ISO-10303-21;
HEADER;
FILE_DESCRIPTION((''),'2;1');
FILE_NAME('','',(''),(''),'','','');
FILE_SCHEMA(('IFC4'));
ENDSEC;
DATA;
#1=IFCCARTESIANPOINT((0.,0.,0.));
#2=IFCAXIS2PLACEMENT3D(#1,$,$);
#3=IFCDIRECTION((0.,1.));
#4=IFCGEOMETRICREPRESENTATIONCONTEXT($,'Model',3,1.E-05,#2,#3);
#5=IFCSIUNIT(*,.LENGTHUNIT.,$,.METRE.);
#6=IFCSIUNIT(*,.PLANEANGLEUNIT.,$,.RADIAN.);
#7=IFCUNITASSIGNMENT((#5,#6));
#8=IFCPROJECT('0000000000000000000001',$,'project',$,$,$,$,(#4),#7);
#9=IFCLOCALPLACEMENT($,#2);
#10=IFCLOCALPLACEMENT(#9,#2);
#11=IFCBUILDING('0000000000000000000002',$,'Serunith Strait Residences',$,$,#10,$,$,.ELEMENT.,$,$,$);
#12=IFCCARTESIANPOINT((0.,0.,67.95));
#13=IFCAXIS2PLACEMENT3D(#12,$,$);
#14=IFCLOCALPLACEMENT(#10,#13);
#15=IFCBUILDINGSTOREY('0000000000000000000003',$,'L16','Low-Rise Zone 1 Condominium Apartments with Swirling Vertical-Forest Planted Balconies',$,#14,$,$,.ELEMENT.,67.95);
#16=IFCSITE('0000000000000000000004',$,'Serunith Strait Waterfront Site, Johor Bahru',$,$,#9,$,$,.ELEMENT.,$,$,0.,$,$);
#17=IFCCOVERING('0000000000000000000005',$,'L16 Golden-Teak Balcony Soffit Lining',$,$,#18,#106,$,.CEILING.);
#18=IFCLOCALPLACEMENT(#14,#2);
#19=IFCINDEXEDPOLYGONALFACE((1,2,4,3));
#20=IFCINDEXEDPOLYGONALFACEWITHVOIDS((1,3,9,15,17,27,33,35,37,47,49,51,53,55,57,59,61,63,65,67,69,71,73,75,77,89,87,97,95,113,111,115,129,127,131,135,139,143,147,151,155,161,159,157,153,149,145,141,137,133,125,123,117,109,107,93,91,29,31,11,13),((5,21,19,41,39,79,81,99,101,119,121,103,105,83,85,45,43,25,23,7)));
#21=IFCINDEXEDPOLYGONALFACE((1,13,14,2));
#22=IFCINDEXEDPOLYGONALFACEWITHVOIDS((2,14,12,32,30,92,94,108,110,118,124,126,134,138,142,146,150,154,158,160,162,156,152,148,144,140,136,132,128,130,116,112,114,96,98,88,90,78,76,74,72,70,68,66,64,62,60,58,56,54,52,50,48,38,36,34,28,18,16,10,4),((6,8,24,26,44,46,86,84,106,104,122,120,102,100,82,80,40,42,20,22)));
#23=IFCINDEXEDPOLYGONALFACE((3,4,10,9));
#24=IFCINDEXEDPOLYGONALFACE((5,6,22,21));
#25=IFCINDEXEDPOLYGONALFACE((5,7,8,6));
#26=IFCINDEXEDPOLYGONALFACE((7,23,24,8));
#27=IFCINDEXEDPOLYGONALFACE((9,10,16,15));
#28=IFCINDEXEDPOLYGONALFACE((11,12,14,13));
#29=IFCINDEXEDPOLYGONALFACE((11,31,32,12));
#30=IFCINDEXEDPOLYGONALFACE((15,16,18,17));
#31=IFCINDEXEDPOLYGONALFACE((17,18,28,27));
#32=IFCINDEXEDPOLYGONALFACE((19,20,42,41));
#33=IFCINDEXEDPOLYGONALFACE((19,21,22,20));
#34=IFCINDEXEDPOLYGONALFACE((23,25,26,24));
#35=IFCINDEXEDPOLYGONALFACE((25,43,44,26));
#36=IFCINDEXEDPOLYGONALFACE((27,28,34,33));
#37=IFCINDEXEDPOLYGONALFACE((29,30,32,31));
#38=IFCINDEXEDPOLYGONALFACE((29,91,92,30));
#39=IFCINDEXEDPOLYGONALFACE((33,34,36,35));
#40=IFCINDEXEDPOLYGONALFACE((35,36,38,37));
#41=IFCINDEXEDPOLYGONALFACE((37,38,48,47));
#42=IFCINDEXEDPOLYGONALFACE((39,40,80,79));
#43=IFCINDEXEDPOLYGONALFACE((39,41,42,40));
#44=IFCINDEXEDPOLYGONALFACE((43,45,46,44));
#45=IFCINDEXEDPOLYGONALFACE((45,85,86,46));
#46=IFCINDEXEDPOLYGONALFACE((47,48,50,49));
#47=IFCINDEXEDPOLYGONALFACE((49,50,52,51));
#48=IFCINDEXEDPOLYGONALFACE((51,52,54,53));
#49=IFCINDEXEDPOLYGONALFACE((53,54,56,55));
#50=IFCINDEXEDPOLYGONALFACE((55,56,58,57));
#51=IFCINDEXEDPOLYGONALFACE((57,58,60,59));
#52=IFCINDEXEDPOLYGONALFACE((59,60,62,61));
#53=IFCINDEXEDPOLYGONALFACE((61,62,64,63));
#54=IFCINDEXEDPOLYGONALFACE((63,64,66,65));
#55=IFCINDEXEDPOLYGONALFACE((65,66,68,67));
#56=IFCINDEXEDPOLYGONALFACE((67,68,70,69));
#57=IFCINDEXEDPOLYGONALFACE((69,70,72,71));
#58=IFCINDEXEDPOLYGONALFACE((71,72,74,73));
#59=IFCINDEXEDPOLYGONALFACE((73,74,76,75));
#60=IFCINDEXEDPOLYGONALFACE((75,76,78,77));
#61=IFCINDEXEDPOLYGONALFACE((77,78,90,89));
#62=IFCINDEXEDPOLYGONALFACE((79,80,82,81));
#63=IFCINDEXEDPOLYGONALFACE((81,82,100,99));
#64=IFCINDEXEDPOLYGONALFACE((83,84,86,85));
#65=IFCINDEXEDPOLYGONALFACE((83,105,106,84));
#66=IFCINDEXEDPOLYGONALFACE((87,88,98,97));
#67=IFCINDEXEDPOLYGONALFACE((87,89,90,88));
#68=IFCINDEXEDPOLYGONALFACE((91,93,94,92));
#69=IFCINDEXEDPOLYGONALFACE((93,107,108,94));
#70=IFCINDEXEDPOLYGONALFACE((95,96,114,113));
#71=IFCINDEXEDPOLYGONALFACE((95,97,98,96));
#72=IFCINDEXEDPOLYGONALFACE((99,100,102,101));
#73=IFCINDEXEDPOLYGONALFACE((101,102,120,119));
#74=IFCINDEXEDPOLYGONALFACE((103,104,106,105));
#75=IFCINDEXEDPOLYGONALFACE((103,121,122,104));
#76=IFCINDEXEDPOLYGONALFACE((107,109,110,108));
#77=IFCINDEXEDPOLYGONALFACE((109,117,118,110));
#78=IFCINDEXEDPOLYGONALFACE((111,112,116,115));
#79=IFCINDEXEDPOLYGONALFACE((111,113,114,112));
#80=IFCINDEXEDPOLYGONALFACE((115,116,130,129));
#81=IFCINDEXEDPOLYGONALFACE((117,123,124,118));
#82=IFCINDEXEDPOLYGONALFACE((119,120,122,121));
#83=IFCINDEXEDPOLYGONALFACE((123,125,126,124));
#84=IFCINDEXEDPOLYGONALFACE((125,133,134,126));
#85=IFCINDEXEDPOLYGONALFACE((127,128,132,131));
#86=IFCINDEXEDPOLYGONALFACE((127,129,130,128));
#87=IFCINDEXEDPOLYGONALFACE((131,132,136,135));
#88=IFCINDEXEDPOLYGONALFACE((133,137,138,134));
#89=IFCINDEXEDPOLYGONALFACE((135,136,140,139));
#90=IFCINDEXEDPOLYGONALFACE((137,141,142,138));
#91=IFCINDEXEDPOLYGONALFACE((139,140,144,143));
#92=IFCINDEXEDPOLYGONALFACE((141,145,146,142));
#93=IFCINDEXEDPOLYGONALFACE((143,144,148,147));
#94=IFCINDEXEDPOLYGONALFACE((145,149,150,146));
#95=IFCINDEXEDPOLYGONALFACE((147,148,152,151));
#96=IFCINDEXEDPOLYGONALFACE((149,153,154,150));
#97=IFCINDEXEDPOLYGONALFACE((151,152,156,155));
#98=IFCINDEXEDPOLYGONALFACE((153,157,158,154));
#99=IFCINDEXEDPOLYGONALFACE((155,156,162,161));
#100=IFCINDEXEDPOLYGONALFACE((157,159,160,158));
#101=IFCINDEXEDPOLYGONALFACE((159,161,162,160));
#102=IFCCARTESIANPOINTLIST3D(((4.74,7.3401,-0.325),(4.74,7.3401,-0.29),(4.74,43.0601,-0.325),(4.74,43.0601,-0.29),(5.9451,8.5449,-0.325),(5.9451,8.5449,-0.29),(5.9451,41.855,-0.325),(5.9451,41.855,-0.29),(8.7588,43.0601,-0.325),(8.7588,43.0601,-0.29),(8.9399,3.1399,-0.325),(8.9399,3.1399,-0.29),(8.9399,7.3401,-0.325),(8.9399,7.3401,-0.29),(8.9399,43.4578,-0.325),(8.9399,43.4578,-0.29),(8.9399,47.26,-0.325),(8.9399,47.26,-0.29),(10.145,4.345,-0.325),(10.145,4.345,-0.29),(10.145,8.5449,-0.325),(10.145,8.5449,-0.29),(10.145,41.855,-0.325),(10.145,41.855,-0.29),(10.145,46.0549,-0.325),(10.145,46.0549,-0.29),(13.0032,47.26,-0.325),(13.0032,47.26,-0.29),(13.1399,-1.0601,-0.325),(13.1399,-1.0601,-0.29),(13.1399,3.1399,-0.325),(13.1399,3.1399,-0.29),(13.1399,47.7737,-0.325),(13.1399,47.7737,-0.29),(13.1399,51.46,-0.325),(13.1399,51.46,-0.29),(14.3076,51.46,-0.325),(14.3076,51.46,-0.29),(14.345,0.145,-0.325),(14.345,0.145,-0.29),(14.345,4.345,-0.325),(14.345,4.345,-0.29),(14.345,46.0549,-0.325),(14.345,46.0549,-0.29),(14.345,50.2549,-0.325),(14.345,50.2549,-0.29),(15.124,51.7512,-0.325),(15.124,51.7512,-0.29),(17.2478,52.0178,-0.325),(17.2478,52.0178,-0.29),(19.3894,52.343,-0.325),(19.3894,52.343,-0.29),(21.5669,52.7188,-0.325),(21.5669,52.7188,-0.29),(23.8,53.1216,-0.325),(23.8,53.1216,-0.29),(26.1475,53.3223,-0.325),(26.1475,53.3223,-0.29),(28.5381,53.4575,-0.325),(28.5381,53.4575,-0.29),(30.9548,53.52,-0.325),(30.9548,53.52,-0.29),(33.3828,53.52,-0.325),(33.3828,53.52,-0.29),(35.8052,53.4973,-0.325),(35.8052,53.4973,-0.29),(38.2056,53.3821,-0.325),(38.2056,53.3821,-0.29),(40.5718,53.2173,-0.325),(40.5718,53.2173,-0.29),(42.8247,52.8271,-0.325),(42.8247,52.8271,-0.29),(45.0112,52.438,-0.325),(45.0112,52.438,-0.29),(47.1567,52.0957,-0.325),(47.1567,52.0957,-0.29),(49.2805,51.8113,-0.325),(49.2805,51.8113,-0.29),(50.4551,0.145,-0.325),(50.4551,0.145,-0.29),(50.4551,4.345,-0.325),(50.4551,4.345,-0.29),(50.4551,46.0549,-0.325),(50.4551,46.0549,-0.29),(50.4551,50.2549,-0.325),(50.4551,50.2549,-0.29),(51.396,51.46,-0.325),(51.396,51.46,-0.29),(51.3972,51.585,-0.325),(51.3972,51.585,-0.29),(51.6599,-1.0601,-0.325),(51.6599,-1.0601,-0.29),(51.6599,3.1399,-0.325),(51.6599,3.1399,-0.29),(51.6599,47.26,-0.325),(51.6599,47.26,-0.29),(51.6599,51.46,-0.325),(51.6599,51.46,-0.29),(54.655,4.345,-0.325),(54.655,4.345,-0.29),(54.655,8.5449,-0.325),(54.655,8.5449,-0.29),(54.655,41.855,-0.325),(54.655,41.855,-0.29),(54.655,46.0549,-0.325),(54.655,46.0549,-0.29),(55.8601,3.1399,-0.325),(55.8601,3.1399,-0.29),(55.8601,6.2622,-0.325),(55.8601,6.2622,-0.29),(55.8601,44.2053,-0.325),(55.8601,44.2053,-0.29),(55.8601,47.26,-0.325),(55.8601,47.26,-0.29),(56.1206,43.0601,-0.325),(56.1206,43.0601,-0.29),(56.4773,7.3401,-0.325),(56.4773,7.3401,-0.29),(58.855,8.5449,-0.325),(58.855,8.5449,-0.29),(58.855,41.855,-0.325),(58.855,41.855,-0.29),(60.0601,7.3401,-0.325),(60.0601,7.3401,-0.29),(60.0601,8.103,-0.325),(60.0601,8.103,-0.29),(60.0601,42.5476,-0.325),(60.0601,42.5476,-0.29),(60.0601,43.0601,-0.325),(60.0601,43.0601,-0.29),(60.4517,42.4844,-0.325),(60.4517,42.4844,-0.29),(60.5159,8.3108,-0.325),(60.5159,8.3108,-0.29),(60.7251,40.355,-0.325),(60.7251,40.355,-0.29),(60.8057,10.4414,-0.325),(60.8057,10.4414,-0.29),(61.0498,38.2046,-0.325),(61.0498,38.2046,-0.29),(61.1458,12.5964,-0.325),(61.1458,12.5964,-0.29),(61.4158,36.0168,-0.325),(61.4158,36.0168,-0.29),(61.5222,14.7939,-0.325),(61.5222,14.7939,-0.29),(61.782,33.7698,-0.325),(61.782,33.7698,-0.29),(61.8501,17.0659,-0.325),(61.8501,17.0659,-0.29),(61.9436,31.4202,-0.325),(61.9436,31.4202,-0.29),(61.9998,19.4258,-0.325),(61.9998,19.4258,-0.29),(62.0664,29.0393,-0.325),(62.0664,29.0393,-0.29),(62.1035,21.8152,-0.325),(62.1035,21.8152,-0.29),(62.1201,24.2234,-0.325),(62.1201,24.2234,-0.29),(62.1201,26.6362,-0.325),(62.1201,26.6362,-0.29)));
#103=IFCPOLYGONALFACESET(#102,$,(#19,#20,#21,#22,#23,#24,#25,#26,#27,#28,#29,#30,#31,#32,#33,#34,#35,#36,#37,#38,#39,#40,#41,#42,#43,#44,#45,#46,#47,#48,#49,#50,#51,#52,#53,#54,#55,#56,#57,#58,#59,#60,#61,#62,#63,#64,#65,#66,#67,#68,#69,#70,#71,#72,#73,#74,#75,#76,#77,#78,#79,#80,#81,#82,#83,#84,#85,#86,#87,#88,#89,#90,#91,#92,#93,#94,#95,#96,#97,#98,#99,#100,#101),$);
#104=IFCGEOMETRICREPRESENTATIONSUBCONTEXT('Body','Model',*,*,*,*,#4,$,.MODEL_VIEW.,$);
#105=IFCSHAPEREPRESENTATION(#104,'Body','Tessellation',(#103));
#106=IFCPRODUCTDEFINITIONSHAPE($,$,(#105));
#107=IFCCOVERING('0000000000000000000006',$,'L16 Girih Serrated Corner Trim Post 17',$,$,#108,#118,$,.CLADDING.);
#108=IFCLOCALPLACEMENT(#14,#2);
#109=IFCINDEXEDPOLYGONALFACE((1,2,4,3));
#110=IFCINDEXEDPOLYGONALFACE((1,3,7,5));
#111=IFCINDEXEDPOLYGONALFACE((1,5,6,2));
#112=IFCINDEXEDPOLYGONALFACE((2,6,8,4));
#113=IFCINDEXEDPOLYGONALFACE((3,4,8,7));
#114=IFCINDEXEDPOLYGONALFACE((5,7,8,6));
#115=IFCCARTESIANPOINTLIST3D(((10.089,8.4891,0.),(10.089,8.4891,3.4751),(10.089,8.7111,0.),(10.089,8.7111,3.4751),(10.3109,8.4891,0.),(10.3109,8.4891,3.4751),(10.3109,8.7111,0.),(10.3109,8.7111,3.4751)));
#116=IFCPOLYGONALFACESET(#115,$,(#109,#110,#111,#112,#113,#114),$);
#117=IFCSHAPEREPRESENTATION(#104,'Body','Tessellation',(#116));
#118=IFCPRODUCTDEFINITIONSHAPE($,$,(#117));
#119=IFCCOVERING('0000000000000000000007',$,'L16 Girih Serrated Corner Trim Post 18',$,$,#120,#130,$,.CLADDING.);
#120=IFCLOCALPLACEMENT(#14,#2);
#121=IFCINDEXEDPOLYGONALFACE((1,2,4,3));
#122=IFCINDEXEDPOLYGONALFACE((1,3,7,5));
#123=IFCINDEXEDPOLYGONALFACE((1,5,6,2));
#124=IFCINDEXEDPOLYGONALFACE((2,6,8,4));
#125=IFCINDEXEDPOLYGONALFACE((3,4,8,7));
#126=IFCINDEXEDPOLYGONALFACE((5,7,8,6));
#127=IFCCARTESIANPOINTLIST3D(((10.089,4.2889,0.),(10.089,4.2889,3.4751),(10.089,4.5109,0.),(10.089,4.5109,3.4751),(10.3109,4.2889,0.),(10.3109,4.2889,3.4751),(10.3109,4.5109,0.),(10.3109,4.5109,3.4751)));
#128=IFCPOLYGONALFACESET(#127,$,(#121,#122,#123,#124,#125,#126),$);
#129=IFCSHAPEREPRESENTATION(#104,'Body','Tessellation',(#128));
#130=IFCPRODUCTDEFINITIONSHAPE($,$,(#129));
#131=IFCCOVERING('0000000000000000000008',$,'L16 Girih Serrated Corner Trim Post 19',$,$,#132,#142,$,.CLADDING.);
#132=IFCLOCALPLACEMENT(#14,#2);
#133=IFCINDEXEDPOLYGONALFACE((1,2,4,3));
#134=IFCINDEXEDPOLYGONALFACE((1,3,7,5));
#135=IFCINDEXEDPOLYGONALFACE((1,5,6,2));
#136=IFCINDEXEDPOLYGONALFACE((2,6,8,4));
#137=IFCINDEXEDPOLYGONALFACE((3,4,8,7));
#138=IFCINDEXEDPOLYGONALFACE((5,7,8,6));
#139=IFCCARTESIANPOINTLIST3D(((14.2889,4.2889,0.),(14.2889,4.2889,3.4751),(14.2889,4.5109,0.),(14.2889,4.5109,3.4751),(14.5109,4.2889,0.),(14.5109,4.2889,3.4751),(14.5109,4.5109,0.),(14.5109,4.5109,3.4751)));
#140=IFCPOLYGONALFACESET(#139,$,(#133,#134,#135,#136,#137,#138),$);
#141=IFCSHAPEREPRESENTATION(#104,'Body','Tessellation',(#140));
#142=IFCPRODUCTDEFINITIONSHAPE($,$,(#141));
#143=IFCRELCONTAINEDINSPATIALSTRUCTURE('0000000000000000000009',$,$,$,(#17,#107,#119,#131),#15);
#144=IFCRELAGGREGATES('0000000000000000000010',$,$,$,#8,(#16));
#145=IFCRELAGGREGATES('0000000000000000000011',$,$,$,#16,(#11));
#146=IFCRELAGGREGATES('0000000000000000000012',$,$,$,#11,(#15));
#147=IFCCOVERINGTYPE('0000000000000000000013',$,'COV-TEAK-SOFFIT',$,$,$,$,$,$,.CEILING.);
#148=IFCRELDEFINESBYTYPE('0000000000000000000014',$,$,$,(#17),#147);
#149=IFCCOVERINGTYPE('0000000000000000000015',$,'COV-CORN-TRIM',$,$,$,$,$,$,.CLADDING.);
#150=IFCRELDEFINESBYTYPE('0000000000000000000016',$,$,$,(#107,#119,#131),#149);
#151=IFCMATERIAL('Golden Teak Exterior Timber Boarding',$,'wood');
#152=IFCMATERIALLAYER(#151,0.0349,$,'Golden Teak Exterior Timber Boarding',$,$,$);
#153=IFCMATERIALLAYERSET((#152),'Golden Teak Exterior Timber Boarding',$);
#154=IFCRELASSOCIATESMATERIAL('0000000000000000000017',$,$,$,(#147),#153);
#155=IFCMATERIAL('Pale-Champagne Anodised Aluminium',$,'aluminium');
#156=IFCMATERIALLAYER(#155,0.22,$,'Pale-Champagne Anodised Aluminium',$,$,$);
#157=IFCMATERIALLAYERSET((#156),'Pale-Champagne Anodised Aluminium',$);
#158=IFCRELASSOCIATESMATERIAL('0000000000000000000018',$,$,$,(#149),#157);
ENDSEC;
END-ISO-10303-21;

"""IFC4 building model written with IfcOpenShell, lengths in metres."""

from ifc_helpers import new_model, si_unit, direction, frame, origin, origin_2d, place, context, subcontext, project, spatial, polyline, rectangle, outline, extrude, source, transform, mapped, material, layer, layer_set, type_object, element, save


model = new_model("IFC4")

# Units and contexts
model_context = context("Model", 3, precision=1e-05, world=origin(), true_north=direction((0.0, 1.0)))
body_context = subcontext(model_context, "Body", "Model", "MODEL_VIEW")
ifc_project = project(units=[si_unit("LENGTHUNIT", "METRE"), si_unit("PLANEANGLEUNIT", "RADIAN")], contexts=[model_context])

# Site, building, storey
site_placement = place(None, origin())
site = spatial("IfcSite", under=ifc_project, at=site_placement, Name="Serunith Strait Waterfront Site, Johor Bahru", CompositionType="ELEMENT", RefElevation=0.0)
building_placement = place(site_placement, origin())
building = spatial("IfcBuilding", under=site, at=building_placement, Name="Serunith Strait Residences", CompositionType="ELEMENT")
storey_placement = place(building_placement, frame((0.0, 0.0, 67.95)))
storey = spatial("IfcBuildingStorey", under=building, at=storey_placement, Name="L16", Description="Low-Rise Zone 1 Condominium Apartments with Swirling Vertical-Forest Planted Balconies", CompositionType="ELEMENT", Elevation=67.95)

# Shared definitions
ifc_material_1 = material(Name="Pale-Champagne Anodised Aluminium", Category="aluminium")

# Covering
ifc_material_2 = material(Name="Golden Teak Exterior Timber Boarding", Category="wood")
ifc_layer_1 = layer(ifc_material_2, 0.0349, Name="Golden Teak Exterior Timber Boarding")
ifc_layer_set_1 = layer_set([ifc_layer_1], Name="Golden Teak Exterior Timber Boarding")
covering_type_1 = type_object("IfcCoveringType", Name="COV-TEAK-SOFFIT", PredefinedType="CEILING", material=ifc_layer_set_1)
covering_1_placement = place(storey_placement, frame((0.0, 0.0, -0.325)))
element("IfcCovering", 1, at=covering_1_placement, inside=storey, type_object=covering_type_1, Name="L16 Golden-Teak Balcony Soffit Lining", PredefinedType="CEILING", context=body_context, shape_type="SweptSolid", body=[
    extrude(outline(polyline([(13.0032, 47.26), (13.1399, 47.7737), (13.1399, 51.46), (14.3076, 51.46), (15.124, 51.7512), (17.2478, 52.0178), (19.3894, 52.343), (21.5669, 52.7188), (23.8, 53.1216), (26.1475, 53.3223), (28.5381, 53.4575), (30.9548, 53.52), (33.3828, 53.52), (35.8052, 53.4973), (38.2056, 53.3821), (40.5718, 53.2173), (42.8247, 52.8271), (45.0112, 52.438), (47.1567, 52.0957), (49.2805, 51.8113), (51.3972, 51.585), (51.396, 51.46), (51.6599, 51.46), (51.6599, 47.26), (55.8601, 47.26), (55.8601, 44.2053), (56.1206, 43.0601), (60.0601, 43.0601), (60.0601, 42.5476), (60.4517, 42.4844), (60.7251, 40.355), (61.0498, 38.2046), (61.4158, 36.0168), (61.782, 33.7698), (61.9436, 31.4202), (62.0664, 29.0393), (62.1201, 26.6362), (62.1201, 24.2234), (62.1035, 21.8152), (61.9998, 19.4258), (61.8501, 17.0659), (61.5222, 14.7939), (61.1458, 12.5964), (60.8057, 10.4414), (60.5159, 8.3108), (60.0601, 8.103), (60.0601, 7.3401), (56.4773, 7.3401), (55.8601, 6.2622), (55.8601, 3.1399), (51.6599, 3.1399), (51.6599, -1.0601), (13.1399, -1.0601), (13.1399, 3.1399), (8.9399, 3.1399), (8.9399, 7.3401), (4.74, 7.3401), (4.74, 43.0601), (8.7588, 43.0601), (8.9399, 43.4578), (8.9399, 47.26), (13.0032, 47.26)]), holes=[polyline([(50.4551, 0.145), (50.4551, 4.345), (54.655, 4.345), (54.655, 8.5449), (58.855, 8.5449), (58.855, 41.855), (54.655, 41.855), (54.655, 46.0549), (50.4551, 46.0549), (50.4551, 50.2549), (14.345, 50.2549), (14.345, 46.0549), (10.145, 46.0549), (10.145, 41.855), (5.9451, 41.855), (5.9451, 8.5449), (10.145, 8.5449), (10.145, 4.345), (14.345, 4.345), (14.345, 0.145), (50.4551, 0.145)])]), origin(), (0.0, 0.0, 1.0), 0.0349),
])

# Coverings
ifc_layer_2 = layer(ifc_material_1, 0.22, Name="Pale-Champagne Anodised Aluminium")
ifc_layer_set_2 = layer_set([ifc_layer_2], Name="Pale-Champagne Anodised Aluminium")
covering_type_2 = type_object("IfcCoveringType", Name="COV-CORN-TRIM", PredefinedType="CLADDING", material=ifc_layer_set_2)
shared_shape_1 = source(origin(), body_context, "Body", "SweptSolid", [
    extrude(rectangle(XDim=0.2219, YDim=0.2219, at=origin_2d()), origin(), (0.0, 0.0, 1.0), 3.4751),
])
for number, where, z_axis, x_axis, name in (
    (2, (10.2, 8.6001, 0.0), (0.0, 0.0, 1.0), (1.0, 0.0, 0.0), "L16 Girih Serrated Corner Trim Post 17"),
    (3, (10.2, 4.3999, 0.0), (0.0, 0.0, 1.0), (1.0, 0.0, 0.0), "L16 Girih Serrated Corner Trim Post 18"),
    (4, (14.3999, 4.3999, 0.0), (0.0, 0.0, 1.0), (1.0, 0.0, 0.0), "L16 Girih Serrated Corner Trim Post 19"),
):
    element("IfcCovering", number, at=place(storey_placement, frame(where, z_axis=z_axis, x_axis=x_axis)), inside=storey, type_object=covering_type_2, Name=name, PredefinedType="CLADDING", context=body_context, shape_type="MappedRepresentation", body=[
        mapped(shared_shape_1, transform((0.0, 0.0, 0.0), scale=1.0)),
    ])

save(model, "model.ifc")
